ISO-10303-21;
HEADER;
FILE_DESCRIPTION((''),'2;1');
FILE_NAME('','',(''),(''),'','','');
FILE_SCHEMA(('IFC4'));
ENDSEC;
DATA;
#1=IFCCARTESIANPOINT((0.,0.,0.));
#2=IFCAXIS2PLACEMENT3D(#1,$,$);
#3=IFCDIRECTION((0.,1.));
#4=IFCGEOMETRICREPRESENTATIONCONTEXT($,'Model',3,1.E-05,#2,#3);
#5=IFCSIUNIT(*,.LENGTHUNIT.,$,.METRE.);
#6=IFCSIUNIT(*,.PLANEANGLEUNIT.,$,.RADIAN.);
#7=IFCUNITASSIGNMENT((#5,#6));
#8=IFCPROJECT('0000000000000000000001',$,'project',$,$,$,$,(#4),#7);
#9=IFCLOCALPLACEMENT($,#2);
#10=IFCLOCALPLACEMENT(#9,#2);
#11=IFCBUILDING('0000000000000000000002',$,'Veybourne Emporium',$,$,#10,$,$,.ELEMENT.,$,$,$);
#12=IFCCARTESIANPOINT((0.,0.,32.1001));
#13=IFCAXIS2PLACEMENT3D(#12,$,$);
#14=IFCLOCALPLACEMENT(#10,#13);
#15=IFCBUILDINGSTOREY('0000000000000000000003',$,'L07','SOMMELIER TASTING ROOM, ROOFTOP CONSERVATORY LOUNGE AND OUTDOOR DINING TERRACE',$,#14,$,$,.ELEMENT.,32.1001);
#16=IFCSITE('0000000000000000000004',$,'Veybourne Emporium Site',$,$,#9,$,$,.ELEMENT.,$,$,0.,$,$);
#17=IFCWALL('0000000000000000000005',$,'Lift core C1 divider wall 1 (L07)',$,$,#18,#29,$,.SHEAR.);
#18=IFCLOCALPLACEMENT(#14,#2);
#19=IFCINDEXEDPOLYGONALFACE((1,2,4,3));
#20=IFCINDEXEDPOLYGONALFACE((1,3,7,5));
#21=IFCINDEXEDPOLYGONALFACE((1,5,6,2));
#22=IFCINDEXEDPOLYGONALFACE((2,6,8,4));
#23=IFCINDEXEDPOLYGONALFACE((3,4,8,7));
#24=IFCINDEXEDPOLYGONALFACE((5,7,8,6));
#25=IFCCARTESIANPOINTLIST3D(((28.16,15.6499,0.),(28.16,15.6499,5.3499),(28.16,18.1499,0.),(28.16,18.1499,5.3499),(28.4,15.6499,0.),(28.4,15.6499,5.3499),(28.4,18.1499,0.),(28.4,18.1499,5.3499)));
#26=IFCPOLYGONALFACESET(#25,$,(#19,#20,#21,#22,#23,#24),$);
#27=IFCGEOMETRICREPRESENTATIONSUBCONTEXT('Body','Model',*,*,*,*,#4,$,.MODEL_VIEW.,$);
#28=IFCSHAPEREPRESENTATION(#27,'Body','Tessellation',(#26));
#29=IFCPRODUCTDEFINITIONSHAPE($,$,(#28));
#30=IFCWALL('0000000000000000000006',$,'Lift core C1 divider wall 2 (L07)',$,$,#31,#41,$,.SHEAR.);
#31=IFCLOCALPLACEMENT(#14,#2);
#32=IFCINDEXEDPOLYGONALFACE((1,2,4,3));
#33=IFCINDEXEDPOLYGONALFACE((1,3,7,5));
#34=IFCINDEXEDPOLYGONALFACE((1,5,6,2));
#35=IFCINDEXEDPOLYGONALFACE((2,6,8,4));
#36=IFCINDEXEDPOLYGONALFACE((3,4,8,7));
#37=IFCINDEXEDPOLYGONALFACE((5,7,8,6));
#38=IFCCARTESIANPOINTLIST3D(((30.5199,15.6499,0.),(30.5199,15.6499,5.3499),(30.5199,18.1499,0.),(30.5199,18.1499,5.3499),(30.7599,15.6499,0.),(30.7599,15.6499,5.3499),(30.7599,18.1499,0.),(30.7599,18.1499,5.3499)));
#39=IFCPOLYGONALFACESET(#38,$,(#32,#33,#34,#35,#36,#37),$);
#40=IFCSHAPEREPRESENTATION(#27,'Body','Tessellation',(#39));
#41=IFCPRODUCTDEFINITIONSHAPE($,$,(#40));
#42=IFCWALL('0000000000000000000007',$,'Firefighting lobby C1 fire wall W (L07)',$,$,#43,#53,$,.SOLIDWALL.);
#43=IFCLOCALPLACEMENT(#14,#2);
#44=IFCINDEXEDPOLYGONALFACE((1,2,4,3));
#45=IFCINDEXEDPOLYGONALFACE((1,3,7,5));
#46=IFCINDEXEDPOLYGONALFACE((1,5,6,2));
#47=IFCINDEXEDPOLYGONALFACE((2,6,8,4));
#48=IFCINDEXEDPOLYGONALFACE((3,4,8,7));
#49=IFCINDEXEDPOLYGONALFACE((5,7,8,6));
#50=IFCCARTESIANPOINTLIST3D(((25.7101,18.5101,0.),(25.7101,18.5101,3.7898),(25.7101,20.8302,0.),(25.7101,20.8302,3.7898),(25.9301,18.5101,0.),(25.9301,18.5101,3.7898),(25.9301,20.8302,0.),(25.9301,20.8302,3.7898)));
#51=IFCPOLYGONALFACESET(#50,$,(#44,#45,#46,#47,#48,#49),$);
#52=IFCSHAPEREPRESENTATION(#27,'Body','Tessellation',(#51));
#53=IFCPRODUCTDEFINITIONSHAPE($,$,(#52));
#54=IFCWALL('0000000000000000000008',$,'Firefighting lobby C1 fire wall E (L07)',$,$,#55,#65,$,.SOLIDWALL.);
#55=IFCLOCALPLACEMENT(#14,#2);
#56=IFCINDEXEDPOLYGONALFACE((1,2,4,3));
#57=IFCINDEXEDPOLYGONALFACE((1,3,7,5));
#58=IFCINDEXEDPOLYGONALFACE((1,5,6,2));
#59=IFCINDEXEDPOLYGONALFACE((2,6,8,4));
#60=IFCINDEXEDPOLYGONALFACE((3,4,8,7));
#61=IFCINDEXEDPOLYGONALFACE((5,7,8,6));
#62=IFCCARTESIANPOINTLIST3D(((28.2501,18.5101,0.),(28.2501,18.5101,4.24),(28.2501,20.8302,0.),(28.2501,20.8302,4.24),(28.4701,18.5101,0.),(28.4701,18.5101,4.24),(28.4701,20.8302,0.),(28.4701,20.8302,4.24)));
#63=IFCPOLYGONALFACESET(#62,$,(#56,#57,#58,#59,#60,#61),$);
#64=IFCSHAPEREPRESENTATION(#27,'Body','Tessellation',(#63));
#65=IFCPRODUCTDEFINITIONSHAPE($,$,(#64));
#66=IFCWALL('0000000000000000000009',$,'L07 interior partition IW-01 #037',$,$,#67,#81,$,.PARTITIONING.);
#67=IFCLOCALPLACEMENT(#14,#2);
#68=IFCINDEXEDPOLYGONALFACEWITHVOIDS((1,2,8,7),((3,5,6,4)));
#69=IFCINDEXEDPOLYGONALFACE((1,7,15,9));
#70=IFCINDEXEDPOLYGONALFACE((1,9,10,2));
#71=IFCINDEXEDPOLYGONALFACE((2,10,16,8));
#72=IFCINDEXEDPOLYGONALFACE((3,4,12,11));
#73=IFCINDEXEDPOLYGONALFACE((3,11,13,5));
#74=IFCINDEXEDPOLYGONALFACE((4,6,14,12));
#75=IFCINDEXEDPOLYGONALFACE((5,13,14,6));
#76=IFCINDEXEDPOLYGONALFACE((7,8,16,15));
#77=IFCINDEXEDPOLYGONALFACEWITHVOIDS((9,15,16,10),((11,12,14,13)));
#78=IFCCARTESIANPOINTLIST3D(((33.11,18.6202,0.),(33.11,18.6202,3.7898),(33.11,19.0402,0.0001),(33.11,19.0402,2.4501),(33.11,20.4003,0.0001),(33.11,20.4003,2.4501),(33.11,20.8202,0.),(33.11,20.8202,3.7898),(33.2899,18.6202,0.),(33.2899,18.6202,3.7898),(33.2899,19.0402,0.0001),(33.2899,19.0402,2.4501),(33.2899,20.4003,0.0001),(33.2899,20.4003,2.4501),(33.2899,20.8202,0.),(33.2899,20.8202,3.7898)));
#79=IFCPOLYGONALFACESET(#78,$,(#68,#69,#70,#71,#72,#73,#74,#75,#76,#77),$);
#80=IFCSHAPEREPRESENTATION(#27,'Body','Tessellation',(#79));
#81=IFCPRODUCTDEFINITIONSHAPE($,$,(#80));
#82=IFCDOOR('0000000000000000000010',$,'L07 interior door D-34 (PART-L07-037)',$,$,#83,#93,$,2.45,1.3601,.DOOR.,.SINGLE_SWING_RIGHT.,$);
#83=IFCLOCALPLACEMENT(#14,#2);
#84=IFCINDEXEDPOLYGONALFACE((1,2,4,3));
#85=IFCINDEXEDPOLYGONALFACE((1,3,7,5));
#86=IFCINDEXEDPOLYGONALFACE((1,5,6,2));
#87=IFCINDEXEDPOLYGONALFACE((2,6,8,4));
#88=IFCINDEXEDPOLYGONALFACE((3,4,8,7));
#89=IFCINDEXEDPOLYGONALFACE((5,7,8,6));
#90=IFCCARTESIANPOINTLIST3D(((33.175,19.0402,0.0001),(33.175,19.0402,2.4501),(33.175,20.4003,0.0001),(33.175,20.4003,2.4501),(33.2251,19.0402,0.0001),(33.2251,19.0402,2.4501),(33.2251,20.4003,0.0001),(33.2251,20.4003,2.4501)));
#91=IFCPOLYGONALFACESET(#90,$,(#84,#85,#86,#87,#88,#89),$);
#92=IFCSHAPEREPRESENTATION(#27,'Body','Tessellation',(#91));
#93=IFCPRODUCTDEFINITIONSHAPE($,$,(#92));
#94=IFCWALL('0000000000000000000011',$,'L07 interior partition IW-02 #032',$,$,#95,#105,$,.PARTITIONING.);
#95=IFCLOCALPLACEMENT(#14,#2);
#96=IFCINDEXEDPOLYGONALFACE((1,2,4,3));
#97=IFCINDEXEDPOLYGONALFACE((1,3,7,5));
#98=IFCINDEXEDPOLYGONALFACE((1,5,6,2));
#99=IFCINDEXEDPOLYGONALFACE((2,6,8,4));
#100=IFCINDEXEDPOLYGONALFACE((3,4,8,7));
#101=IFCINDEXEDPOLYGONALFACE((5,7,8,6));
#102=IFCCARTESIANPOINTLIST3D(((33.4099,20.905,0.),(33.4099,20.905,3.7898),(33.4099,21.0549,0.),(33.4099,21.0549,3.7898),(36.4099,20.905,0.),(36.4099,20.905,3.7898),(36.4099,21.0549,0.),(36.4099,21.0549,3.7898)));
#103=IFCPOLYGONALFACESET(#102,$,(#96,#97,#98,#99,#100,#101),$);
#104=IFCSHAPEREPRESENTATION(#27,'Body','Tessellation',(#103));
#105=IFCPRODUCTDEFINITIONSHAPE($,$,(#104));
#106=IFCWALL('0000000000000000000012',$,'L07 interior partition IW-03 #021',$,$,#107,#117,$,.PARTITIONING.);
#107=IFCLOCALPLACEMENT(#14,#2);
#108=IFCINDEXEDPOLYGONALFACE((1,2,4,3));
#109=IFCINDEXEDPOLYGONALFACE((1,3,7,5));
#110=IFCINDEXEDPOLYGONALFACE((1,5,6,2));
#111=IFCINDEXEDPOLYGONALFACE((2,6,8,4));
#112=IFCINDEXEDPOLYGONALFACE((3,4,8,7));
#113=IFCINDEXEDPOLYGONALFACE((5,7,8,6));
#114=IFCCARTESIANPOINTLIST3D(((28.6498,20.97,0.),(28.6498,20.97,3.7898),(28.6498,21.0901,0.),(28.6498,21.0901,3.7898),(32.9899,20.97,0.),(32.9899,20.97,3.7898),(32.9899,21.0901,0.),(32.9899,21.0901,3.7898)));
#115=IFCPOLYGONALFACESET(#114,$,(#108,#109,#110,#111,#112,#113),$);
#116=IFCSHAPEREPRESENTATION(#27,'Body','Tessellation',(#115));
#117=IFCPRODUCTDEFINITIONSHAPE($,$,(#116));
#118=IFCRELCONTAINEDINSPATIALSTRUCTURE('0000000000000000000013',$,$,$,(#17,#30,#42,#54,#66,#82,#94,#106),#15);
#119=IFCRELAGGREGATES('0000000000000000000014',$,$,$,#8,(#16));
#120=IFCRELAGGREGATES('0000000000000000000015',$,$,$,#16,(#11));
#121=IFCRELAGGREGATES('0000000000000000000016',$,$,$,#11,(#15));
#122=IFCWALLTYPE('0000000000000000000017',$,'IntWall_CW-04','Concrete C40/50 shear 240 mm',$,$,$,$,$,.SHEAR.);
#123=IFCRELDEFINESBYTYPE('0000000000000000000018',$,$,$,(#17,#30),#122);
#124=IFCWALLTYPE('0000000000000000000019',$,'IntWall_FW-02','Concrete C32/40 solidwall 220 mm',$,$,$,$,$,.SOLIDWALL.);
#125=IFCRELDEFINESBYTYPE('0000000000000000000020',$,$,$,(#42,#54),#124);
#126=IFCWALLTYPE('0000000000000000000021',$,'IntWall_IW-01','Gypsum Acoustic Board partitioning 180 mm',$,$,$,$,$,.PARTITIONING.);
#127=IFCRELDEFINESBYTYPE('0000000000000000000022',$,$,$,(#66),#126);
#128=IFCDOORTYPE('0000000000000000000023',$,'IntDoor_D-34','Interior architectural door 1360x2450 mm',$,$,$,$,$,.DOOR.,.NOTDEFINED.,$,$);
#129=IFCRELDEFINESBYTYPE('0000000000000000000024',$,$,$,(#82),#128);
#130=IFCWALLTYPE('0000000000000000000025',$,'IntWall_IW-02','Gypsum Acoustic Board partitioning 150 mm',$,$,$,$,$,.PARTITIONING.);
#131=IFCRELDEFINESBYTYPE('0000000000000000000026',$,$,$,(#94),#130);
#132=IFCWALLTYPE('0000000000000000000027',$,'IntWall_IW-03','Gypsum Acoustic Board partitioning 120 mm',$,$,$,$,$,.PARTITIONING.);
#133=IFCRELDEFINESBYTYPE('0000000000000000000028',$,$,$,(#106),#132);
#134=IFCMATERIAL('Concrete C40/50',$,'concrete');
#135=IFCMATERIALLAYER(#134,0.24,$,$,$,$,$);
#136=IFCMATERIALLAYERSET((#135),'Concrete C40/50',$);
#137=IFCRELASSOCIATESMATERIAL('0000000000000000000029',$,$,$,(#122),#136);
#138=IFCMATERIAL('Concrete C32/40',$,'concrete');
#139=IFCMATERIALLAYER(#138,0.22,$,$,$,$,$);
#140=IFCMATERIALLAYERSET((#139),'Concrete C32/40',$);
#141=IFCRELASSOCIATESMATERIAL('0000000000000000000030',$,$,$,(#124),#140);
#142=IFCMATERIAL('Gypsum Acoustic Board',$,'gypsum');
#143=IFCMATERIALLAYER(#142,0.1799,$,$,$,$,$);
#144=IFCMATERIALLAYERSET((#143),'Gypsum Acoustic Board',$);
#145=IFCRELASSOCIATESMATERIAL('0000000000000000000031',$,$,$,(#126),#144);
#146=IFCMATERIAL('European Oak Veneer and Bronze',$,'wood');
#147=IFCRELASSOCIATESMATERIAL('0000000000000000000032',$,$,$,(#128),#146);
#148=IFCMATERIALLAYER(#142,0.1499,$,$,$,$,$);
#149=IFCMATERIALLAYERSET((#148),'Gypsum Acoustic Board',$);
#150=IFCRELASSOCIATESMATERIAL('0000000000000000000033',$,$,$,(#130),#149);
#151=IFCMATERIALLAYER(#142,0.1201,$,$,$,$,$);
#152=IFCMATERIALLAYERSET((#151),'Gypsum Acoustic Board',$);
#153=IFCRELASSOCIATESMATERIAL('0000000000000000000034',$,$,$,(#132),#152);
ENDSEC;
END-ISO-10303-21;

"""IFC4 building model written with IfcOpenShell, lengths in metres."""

from ifc_helpers import new_model, si_unit, direction, frame, frame_2d, origin, place, context, subcontext, project, spatial, rectangle, extrude, material, layer, layer_set, type_object, element, fill, save


model = new_model("IFC4")

# Units and contexts
model_context = context("Model", 3, precision=1e-05, world=origin(), true_north=direction((0.0, 1.0)))
body_context = subcontext(model_context, "Body", "Model", "MODEL_VIEW")
ifc_project = project(units=[si_unit("LENGTHUNIT", "METRE"), si_unit("PLANEANGLEUNIT", "RADIAN")], contexts=[model_context])

# Site, building, storey
site_placement = place(None, origin())
site = spatial("IfcSite", under=ifc_project, at=site_placement, Name="Veybourne Emporium Site", CompositionType="ELEMENT", RefElevation=0.0)
building_placement = place(site_placement, origin())
building = spatial("IfcBuilding", under=site, at=building_placement, Name="Veybourne Emporium", CompositionType="ELEMENT")
storey_placement = place(building_placement, frame((0.0, 0.0, 32.1001)))
storey = spatial("IfcBuildingStorey", under=building, at=storey_placement, Name="L07", Description="SOMMELIER TASTING ROOM, ROOFTOP CONSERVATORY LOUNGE AND OUTDOOR DINING TERRACE", CompositionType="ELEMENT", Elevation=32.1001)

# Shared definitions
ifc_material_1 = material(Name="Concrete C40/50", Category="concrete")

# Shared definitions
ifc_material_2 = material(Name="Concrete C32/40", Category="concrete")

# Shared definitions
ifc_layer_1 = layer(ifc_material_1, 0.24)
ifc_layer_set_1 = layer_set([ifc_layer_1], Name="Concrete C40/50")
wall_type_1 = type_object("IfcWallType", Name="IntWall_CW-04", Description="Concrete C40/50 shear 240 mm", PredefinedType="SHEAR", material=ifc_layer_set_1)

# Walls
for number, where, z_axis, x_axis, name in (
    (1, (28.28, 15.6499, 0.0), (0.0, 0.0, 1.0), (0.0, 1.0, 0.0), "Lift core C1 divider wall 1 (L07)"),
    (2, (30.6399, 15.6499, 0.0), (0.0, 0.0, 1.0), (0.0, 1.0, 0.0), "Lift core C1 divider wall 2 (L07)"),
):
    element("IfcWall", number, at=place(storey_placement, frame(where, z_axis=z_axis, x_axis=x_axis)), inside=storey, type_object=wall_type_1, Name=name, PredefinedType="SHEAR", context=body_context, shape_type="SweptSolid", body=[
        extrude(rectangle(XDim=2.5, YDim=0.24, at=frame_2d((1.25, 0.0))), origin(), (0.0, 0.0, 1.0), 5.3499),
    ])

# Shared definitions
ifc_layer_2 = layer(ifc_material_2, 0.22)
ifc_layer_set_2 = layer_set([ifc_layer_2], Name="Concrete C32/40")
wall_type_2 = type_object("IfcWallType", Name="IntWall_FW-02", Description="Concrete C32/40 solidwall 220 mm", PredefinedType="SOLIDWALL", material=ifc_layer_set_2)

# Walls
wall_1_placement = place(storey_placement, frame((25.8201, 18.51, 0.0), z_axis=(0.0, 0.0, 1.0), x_axis=(0.0, 1.0, 0.0)))
element("IfcWall", 3, at=wall_1_placement, inside=storey, type_object=wall_type_2, Name="Firefighting lobby C1 fire wall W (L07)", PredefinedType="SOLIDWALL", context=body_context, shape_type="SweptSolid", body=[
    extrude(rectangle(XDim=2.3201, YDim=0.22, at=frame_2d((1.1602, 0.0))), origin(), (0.0, 0.0, 1.0), 3.7898),
])
wall_2_placement = place(storey_placement, frame((28.3601, 18.51, 0.0), z_axis=(0.0, 0.0, 1.0), x_axis=(0.0, 1.0, 0.0)))
element("IfcWall", 4, at=wall_2_placement, inside=storey, type_object=wall_type_2, Name="Firefighting lobby C1 fire wall E (L07)", PredefinedType="SOLIDWALL", context=body_context, shape_type="SweptSolid", body=[
    extrude(rectangle(XDim=2.3201, YDim=0.22, at=frame_2d((1.1602, 0.0))), origin(), (0.0, 0.0, 1.0), 4.24),
])

# Wall, opening, door
ifc_material_3 = material(Name="Gypsum Acoustic Board", Category="gypsum")
ifc_layer_3 = layer(ifc_material_3, 0.1799)
ifc_layer_set_3 = layer_set([ifc_layer_3], Name="Gypsum Acoustic Board")
wall_type_3 = type_object("IfcWallType", Name="IntWall_IW-01", Description="Gypsum Acoustic Board partitioning 180 mm", PredefinedType="PARTITIONING", material=ifc_layer_set_3)
ifc_material_4 = material(Name="European Oak Veneer and Bronze", Category="wood")
wall_3_placement = place(storey_placement, frame((33.2, 18.6201, 0.0), z_axis=(0.0, 0.0, 1.0), x_axis=(0.0, 1.0, 0.0)))
wall_3 = element("IfcWall", 5, at=wall_3_placement, inside=storey, type_object=wall_type_3, Name="L07 interior partition IW-01 #037", PredefinedType="PARTITIONING", context=body_context, shape_type="SweptSolid", body=[
    extrude(rectangle(XDim=2.2, YDim=0.1799, at=frame_2d((1.1001, 0.0))), origin(), (0.0, 0.0, 1.0), 3.7898),
])
opening_1_placement = place(wall_3_placement, frame((0.4199, 0.0, 0.0)))
opening_1 = element("IfcOpeningElement", 6, at=opening_1_placement, cuts=wall_3, PredefinedType="OPENING", context=body_context, shape_type="SweptSolid", body=[
    extrude(rectangle(XDim=1.3601, YDim=2.45, at=frame_2d((0.6802, 1.2251))), frame((0.0, 0.1099, 0.0), z_axis=(0.0, -1.0, 0.0), x_axis=(1.0, 0.0, 0.0)), (0.0, 0.0, 1.0), 0.22),
])
door_type_1 = type_object("IfcDoorType", Name="IntDoor_D-34", Description="Interior architectural door 1360x2450 mm", OperationType="NOTDEFINED", PredefinedType="DOOR", material=ifc_material_4)
door_1_placement = place(opening_1_placement, origin())
door_1 = element("IfcDoor", 7, at=door_1_placement, inside=storey, type_object=door_type_1, Name="L07 interior door D-34 (PART-L07-037)", OperationType="SINGLE_SWING_RIGHT", OverallHeight=2.45, OverallWidth=1.3601, PredefinedType="DOOR", context=body_context, shape_type="SweptSolid", body=[
    extrude(rectangle(XDim=1.3601, YDim=2.45, at=frame_2d((0.6802, 1.2251))), frame((0.0, 0.0249, 0.0), z_axis=(0.0, -1.0, 0.0), x_axis=(1.0, 0.0, 0.0)), (0.0, 0.0, 1.0), 0.05),
])
fill(opening_1, door_1)

# Walls
ifc_layer_4 = layer(ifc_material_3, 0.1499)
ifc_layer_set_4 = layer_set([ifc_layer_4], Name="Gypsum Acoustic Board")
wall_type_4 = type_object("IfcWallType", Name="IntWall_IW-02", Description="Gypsum Acoustic Board partitioning 150 mm", PredefinedType="PARTITIONING", material=ifc_layer_set_4)
wall_4_placement = place(storey_placement, frame((33.4099, 20.98, 0.0), z_axis=(0.0, 0.0, 1.0), x_axis=(1.0, 0.0, 0.0)))
element("IfcWall", 8, at=wall_4_placement, inside=storey, type_object=wall_type_4, Name="L07 interior partition IW-02 #032", PredefinedType="PARTITIONING", context=body_context, shape_type="SweptSolid", body=[
    extrude(rectangle(XDim=3.0, YDim=0.1499, at=frame_2d((1.5, 0.0))), origin(), (0.0, 0.0, 1.0), 3.7898),
])
ifc_layer_5 = layer(ifc_material_3, 0.1201)
ifc_layer_set_5 = layer_set([ifc_layer_5], Name="Gypsum Acoustic Board")
wall_type_5 = type_object("IfcWallType", Name="IntWall_IW-03", Description="Gypsum Acoustic Board partitioning 120 mm", PredefinedType="PARTITIONING", material=ifc_layer_set_5)
wall_5_placement = place(storey_placement, frame((28.6499, 21.03, 0.0), z_axis=(0.0, 0.0, 1.0), x_axis=(1.0, 0.0, 0.0)))
element("IfcWall", 9, at=wall_5_placement, inside=storey, type_object=wall_type_5, Name="L07 interior partition IW-03 #021", PredefinedType="PARTITIONING", context=body_context, shape_type="SweptSolid", body=[
    extrude(rectangle(XDim=4.3401, YDim=0.1201, at=frame_2d((2.1699, 0.0))), origin(), (0.0, 0.0, 1.0), 3.7898),
])

save(model, "model.ifc")
